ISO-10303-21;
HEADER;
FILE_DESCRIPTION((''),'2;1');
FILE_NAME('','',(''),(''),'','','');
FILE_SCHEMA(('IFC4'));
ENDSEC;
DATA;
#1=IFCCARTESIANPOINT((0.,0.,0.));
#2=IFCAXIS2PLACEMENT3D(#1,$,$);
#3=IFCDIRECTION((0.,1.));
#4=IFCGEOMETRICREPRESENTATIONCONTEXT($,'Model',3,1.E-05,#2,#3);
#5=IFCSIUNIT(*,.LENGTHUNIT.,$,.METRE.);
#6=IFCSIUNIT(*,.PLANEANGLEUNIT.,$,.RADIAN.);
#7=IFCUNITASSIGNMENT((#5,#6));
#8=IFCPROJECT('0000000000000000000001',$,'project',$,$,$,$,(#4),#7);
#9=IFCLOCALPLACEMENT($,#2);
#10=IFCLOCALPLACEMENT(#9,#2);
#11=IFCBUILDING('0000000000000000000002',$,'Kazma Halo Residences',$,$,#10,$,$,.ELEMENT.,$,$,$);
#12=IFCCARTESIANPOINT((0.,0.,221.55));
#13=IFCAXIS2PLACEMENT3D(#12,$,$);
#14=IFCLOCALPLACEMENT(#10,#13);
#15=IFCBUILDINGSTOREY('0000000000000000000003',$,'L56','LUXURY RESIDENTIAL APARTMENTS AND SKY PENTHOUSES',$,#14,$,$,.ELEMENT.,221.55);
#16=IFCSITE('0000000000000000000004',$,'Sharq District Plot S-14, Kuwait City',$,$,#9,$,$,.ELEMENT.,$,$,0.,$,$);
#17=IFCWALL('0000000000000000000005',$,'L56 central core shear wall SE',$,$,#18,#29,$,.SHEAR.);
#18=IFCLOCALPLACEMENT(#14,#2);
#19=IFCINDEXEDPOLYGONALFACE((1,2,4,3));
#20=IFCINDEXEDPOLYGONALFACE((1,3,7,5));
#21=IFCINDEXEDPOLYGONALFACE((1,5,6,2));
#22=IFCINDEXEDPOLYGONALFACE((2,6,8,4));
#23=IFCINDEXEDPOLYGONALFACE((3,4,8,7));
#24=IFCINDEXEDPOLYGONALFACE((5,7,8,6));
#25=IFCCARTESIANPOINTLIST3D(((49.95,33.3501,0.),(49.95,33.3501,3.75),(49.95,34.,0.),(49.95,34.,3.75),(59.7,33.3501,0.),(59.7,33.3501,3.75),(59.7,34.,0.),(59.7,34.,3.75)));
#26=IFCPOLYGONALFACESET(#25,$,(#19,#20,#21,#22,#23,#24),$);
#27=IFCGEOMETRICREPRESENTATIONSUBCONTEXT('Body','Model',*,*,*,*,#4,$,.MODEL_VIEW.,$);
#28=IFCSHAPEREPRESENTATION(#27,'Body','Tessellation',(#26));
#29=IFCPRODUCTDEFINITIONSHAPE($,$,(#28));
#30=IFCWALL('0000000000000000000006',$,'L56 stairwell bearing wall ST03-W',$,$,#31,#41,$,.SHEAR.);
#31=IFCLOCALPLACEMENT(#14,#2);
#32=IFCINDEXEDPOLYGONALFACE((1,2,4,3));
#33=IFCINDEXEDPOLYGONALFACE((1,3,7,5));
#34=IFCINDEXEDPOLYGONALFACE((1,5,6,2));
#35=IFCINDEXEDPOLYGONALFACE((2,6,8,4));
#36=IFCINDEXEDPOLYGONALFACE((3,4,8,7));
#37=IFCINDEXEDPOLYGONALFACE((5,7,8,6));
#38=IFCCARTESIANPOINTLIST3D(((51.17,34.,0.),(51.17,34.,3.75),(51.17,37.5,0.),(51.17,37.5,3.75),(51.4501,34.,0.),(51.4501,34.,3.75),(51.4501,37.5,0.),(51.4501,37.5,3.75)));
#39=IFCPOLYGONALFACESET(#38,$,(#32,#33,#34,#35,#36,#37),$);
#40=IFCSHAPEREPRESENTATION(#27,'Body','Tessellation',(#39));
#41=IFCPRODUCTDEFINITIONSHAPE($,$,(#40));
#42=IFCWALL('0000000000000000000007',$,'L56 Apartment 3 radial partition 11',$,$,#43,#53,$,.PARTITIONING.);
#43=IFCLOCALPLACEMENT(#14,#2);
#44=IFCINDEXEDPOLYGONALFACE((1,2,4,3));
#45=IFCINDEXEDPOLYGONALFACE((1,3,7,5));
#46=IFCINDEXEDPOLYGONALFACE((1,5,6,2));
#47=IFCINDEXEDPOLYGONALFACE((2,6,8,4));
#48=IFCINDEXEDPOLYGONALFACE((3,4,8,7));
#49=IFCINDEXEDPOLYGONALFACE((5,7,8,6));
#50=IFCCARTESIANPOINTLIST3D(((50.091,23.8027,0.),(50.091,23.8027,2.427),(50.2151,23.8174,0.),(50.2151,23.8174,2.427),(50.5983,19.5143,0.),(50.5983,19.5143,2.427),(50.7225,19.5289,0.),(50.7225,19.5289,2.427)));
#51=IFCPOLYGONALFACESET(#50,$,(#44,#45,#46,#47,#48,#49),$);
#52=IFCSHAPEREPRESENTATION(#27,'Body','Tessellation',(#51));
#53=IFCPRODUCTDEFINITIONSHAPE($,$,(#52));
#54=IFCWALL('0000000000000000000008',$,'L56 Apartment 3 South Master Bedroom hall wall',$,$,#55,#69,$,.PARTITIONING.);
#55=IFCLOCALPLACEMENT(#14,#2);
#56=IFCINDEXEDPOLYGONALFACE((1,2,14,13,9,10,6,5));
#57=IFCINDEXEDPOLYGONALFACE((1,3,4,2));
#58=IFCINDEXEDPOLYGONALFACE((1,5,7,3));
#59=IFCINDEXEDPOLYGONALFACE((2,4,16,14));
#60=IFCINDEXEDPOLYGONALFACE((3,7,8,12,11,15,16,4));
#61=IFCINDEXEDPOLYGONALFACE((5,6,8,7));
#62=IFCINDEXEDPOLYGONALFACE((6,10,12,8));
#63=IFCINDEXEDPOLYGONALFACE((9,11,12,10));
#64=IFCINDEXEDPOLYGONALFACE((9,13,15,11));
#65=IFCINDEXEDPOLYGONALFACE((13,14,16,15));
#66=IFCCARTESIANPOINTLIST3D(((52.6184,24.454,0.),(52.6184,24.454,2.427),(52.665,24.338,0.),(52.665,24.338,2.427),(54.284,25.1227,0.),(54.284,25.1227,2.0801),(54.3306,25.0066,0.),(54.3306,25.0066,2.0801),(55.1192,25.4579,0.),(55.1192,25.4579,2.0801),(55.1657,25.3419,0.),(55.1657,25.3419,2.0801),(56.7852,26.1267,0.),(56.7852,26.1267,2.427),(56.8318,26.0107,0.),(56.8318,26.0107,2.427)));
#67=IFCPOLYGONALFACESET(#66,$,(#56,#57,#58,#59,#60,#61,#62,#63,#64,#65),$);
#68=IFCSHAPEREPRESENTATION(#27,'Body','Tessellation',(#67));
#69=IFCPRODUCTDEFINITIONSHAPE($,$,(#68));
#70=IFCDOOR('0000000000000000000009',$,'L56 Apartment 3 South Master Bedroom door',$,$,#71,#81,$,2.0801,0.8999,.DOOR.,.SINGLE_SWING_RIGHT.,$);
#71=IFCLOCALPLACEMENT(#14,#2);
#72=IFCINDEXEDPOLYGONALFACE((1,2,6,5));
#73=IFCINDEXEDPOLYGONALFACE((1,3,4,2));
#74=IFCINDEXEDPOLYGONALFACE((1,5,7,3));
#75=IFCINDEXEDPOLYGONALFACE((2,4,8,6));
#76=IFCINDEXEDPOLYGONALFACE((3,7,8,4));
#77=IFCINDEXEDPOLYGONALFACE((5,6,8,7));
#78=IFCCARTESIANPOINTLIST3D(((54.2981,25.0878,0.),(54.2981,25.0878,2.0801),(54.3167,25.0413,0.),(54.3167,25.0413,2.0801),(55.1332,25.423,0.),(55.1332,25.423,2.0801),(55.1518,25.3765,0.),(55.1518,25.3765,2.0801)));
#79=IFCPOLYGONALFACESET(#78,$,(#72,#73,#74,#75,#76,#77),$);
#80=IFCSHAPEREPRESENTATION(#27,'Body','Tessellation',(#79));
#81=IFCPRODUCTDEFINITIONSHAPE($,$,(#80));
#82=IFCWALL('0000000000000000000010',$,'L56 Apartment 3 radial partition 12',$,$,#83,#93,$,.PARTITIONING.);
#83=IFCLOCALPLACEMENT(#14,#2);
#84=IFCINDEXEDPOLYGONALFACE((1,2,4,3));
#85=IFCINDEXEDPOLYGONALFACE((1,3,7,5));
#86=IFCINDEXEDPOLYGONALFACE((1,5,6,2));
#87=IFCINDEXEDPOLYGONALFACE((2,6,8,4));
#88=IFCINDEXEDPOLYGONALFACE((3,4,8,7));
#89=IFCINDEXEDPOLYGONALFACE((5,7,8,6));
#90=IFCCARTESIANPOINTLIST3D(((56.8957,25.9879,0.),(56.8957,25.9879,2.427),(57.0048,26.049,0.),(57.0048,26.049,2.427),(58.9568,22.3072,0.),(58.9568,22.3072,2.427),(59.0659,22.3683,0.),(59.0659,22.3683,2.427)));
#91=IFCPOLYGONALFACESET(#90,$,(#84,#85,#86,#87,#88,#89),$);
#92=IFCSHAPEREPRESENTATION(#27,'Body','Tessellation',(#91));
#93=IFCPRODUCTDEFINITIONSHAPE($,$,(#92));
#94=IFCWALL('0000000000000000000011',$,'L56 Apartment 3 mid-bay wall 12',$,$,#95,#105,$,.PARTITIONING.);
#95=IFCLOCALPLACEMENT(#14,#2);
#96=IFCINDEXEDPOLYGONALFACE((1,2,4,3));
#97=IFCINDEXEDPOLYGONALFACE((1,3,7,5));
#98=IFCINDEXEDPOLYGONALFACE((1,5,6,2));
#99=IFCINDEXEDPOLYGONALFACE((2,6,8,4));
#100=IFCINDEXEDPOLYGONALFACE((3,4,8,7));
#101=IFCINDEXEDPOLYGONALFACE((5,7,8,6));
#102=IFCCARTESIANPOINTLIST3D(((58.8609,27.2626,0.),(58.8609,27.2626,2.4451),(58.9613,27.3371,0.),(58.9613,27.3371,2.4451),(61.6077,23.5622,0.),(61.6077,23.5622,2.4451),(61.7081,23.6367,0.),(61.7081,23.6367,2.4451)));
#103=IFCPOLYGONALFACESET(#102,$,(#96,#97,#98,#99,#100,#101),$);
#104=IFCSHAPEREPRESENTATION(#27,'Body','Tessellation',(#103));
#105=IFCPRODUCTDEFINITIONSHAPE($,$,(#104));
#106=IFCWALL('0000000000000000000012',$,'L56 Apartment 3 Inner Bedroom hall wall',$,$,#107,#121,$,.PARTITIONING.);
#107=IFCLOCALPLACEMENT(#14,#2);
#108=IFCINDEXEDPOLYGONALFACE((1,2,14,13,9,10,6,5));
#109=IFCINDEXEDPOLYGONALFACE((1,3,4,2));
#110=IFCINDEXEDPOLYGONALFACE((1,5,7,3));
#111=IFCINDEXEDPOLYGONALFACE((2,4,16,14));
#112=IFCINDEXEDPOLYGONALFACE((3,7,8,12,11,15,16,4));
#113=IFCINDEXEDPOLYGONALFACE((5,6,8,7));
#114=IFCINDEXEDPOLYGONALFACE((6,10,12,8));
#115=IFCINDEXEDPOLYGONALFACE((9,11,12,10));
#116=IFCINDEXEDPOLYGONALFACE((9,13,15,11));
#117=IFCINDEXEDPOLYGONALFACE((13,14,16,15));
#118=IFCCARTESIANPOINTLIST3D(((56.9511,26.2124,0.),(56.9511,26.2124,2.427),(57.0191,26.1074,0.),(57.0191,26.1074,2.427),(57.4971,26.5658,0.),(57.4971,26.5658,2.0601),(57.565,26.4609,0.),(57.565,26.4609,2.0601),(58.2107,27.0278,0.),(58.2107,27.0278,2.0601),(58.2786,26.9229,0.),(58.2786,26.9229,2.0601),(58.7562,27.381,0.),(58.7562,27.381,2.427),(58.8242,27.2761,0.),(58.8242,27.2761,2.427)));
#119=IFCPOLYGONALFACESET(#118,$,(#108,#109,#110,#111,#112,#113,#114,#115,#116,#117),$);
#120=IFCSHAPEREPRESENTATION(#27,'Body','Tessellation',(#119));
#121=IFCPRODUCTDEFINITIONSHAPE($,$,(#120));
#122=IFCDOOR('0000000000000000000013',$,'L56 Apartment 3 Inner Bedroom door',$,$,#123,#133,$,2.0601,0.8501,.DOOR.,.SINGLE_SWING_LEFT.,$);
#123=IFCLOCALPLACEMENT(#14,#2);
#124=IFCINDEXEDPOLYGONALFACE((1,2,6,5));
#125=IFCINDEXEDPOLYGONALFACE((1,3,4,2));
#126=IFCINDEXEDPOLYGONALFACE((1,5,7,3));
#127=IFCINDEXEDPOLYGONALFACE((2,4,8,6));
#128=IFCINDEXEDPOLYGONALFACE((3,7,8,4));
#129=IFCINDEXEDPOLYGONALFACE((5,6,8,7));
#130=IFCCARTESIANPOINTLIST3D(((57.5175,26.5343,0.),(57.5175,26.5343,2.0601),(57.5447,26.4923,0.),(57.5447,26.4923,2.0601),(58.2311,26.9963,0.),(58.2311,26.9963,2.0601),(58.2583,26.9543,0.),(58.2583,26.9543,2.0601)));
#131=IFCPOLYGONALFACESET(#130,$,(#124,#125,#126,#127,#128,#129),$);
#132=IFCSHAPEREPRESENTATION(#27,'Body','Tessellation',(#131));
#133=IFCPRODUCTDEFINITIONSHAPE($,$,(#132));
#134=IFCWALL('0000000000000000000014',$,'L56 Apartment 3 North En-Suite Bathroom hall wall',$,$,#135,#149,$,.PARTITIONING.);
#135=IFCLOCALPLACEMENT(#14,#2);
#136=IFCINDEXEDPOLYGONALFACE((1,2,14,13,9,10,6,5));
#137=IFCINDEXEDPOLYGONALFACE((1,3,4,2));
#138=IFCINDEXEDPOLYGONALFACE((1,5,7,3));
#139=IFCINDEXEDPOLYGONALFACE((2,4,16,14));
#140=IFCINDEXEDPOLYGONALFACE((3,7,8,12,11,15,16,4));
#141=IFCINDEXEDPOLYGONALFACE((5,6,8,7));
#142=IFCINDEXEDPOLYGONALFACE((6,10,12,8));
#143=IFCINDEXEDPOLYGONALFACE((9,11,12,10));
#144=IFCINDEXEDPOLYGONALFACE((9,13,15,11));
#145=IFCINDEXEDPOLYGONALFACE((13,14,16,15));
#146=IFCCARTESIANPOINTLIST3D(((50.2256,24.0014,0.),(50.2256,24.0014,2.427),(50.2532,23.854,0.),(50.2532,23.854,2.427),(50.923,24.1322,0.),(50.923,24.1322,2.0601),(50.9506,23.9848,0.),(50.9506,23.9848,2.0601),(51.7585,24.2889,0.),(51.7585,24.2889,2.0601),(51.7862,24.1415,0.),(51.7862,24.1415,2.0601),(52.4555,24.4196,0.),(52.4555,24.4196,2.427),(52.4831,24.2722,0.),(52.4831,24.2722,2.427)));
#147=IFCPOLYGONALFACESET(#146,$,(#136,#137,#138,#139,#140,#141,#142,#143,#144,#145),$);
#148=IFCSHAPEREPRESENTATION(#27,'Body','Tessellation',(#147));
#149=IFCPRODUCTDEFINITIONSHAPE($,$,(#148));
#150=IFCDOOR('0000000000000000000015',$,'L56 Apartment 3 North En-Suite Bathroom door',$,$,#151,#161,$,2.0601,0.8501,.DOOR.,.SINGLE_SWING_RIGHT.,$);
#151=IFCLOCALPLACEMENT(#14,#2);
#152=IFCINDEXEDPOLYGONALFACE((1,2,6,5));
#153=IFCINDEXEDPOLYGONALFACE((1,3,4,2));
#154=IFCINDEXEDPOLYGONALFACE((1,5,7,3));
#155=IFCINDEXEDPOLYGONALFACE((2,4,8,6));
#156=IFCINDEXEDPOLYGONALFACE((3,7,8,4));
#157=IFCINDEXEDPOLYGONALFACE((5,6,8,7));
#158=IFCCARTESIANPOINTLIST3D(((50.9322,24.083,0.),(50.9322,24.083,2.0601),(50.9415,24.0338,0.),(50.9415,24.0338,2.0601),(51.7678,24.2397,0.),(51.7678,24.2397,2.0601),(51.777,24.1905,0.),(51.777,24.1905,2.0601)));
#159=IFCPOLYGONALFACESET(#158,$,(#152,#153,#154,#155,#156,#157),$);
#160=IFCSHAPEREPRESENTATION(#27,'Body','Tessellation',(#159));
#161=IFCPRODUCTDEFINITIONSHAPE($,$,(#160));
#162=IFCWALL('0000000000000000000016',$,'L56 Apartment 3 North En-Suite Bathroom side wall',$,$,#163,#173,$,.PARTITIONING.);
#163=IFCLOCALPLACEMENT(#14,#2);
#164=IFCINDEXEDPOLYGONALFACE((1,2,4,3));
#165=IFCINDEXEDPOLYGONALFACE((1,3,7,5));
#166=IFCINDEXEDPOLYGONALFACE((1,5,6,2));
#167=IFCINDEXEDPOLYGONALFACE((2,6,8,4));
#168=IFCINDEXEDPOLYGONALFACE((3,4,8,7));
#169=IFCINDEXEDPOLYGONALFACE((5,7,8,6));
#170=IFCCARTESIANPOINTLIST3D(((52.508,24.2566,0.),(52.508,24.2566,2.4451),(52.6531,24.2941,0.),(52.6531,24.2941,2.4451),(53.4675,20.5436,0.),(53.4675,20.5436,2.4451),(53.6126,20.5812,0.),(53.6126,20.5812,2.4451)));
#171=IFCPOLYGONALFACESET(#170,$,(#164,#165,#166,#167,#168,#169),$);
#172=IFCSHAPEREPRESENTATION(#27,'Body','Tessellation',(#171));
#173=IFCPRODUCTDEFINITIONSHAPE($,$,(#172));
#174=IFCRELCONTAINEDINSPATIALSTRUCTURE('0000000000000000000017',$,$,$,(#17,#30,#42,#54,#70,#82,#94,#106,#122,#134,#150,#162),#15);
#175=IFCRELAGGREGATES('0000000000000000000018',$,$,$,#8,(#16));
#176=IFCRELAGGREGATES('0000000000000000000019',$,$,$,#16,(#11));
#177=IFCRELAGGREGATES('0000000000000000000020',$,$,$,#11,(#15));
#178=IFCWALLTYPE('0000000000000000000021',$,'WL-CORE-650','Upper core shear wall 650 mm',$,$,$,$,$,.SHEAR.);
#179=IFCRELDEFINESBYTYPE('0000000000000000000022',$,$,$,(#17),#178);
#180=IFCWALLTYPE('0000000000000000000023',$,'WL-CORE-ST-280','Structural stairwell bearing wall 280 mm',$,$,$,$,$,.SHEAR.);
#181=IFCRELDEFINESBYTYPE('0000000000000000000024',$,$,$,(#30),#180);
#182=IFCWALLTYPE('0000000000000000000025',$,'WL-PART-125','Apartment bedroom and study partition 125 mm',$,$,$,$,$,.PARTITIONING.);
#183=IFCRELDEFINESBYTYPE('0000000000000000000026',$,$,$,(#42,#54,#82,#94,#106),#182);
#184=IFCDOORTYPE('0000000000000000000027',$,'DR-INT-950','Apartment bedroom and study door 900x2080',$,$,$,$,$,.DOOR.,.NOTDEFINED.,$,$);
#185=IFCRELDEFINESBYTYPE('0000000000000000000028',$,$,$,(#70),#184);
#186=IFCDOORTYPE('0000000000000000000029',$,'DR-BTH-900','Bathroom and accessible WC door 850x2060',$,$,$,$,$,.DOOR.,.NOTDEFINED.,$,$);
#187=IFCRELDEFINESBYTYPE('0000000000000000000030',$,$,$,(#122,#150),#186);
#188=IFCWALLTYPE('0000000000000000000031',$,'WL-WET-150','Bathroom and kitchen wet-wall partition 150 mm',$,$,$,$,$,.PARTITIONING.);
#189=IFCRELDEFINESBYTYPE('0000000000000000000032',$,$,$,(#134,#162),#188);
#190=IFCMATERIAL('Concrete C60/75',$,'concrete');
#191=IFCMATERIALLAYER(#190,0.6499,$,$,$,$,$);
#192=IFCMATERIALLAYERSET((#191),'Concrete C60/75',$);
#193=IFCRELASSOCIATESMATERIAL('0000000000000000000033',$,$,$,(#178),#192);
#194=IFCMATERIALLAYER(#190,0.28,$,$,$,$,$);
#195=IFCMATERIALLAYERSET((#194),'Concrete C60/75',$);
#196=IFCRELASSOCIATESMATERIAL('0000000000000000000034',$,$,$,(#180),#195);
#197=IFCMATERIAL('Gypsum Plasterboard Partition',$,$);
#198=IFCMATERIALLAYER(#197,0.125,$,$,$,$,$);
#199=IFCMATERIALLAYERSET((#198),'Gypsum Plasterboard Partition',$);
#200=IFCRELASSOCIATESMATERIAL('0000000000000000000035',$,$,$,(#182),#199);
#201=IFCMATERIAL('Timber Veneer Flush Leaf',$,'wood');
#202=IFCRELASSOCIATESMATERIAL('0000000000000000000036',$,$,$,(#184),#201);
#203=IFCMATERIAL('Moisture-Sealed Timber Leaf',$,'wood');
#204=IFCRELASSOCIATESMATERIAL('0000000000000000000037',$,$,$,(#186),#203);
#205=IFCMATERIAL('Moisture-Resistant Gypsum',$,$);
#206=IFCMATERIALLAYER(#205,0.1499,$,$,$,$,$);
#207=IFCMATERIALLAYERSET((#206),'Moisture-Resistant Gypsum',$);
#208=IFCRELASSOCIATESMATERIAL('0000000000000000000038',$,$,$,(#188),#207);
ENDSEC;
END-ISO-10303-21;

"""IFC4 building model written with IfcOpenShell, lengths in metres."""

from ifc_helpers import new_model, si_unit, direction, frame, frame_2d, origin, place, context, subcontext, project, spatial, rectangle, extrude, material, layer, layer_set, type_object, element, fill, save


model = new_model("IFC4")

# Units and contexts
model_context = context("Model", 3, precision=1e-05, world=origin(), true_north=direction((0.0, 1.0)))
body_context = subcontext(model_context, "Body", "Model", "MODEL_VIEW")
ifc_project = project(units=[si_unit("LENGTHUNIT", "METRE"), si_unit("PLANEANGLEUNIT", "RADIAN")], contexts=[model_context])

# Site, building, storey
site_placement = place(None, origin())
site = spatial("IfcSite", under=ifc_project, at=site_placement, Name="Sharq District Plot S-14, Kuwait City", CompositionType="ELEMENT", RefElevation=0.0)
building_placement = place(site_placement, origin())
building = spatial("IfcBuilding", under=site, at=building_placement, Name="Kazma Halo Residences", CompositionType="ELEMENT")
storey_placement = place(building_placement, frame((0.0, 0.0, 221.55)))
storey = spatial("IfcBuildingStorey", under=building, at=storey_placement, Name="L56", Description="LUXURY RESIDENTIAL APARTMENTS AND SKY PENTHOUSES", CompositionType="ELEMENT", Elevation=221.55)

# Walls
ifc_material_1 = material(Name="Concrete C60/75", Category="concrete")
ifc_layer_1 = layer(ifc_material_1, 0.6499)
ifc_layer_set_1 = layer_set([ifc_layer_1], Name="Concrete C60/75")
wall_type_1 = type_object("IfcWallType", Name="WL-CORE-650", Description="Upper core shear wall 650 mm", PredefinedType="SHEAR", material=ifc_layer_set_1)
wall_1_placement = place(storey_placement, frame((49.95, 33.675, 0.0), z_axis=(0.0, 0.0, 1.0), x_axis=(1.0, 0.0, 0.0)))
element("IfcWall", 1, at=wall_1_placement, inside=storey, type_object=wall_type_1, Name="L56 central core shear wall SE", PredefinedType="SHEAR", context=body_context, shape_type="SweptSolid", body=[
    extrude(rectangle(XDim=9.75, YDim=0.6499, at=frame_2d((4.875, 0.0))), origin(), (0.0, 0.0, 1.0), 3.75),
])
ifc_layer_2 = layer(ifc_material_1, 0.28)
ifc_layer_set_2 = layer_set([ifc_layer_2], Name="Concrete C60/75")
wall_type_2 = type_object("IfcWallType", Name="WL-CORE-ST-280", Description="Structural stairwell bearing wall 280 mm", PredefinedType="SHEAR", material=ifc_layer_set_2)
wall_2_placement = place(storey_placement, frame((51.3101, 34.0, 0.0), z_axis=(0.0, 0.0, 1.0), x_axis=(0.0, 1.0, 0.0)))
element("IfcWall", 2, at=wall_2_placement, inside=storey, type_object=wall_type_2, Name="L56 stairwell bearing wall ST03-W", PredefinedType="SHEAR", context=body_context, shape_type="SweptSolid", body=[
    extrude(rectangle(XDim=3.5, YDim=0.28, at=frame_2d((1.75, 0.0))), origin(), (0.0, 0.0, 1.0), 3.75),
])

# Wall
ifc_material_2 = material(Name="Gypsum Plasterboard Partition")
ifc_layer_3 = layer(ifc_material_2, 0.125)
ifc_layer_set_3 = layer_set([ifc_layer_3], Name="Gypsum Plasterboard Partition")
wall_type_3 = type_object("IfcWallType", Name="WL-PART-125", Description="Apartment bedroom and study partition 125 mm", PredefinedType="PARTITIONING", material=ifc_layer_set_3)
wall_3_placement = place(storey_placement, frame((50.1531, 23.8101, 0.0), z_axis=(0.0, 0.0, 1.0), x_axis=(0.117478, -0.993076, 0.0)))
element("IfcWall", 3, at=wall_3_placement, inside=storey, type_object=wall_type_3, Name="L56 Apartment 3 radial partition 11", PredefinedType="PARTITIONING", context=body_context, shape_type="SweptSolid", body=[
    extrude(rectangle(XDim=4.3184, YDim=0.125, at=frame_2d((2.1592, 0.0))), origin(), (0.0, 0.0, 1.0), 2.427),
])

# Wall, opening, door
wall_4_placement = place(storey_placement, frame((52.6416, 24.396, 0.0), z_axis=(0.0, 0.0, 1.0), x_axis=(0.928022, 0.372525, 0.0)))
wall_4 = element("IfcWall", 4, at=wall_4_placement, inside=storey, type_object=wall_type_3, Name="L56 Apartment 3 South Master Bedroom hall wall", PredefinedType="PARTITIONING", context=body_context, shape_type="SweptSolid", body=[
    extrude(rectangle(XDim=4.49, YDim=0.125, at=frame_2d((2.2451, 0.0))), origin(), (0.0, 0.0, 1.0), 2.427),
])
opening_1_placement = place(wall_4_placement, frame((1.7949, 0.0, 0.0)))
opening_1 = element("IfcOpeningElement", 5, at=opening_1_placement, cuts=wall_4, PredefinedType="OPENING", context=body_context, shape_type="SweptSolid", body=[
    extrude(rectangle(XDim=0.8999, YDim=2.0801, at=frame_2d((0.45, 1.04))), frame((0.0, 0.0725, 0.0), z_axis=(0.0, -1.0, 0.0), x_axis=(1.0, 0.0, 0.0)), (0.0, 0.0, 1.0), 0.145),
])
ifc_material_3 = material(Name="Timber Veneer Flush Leaf", Category="wood")
door_type_1 = type_object("IfcDoorType", Name="DR-INT-950", Description="Apartment bedroom and study door 900x2080", OperationType="NOTDEFINED", PredefinedType="DOOR", material=ifc_material_3)
door_1_placement = place(opening_1_placement, origin())
door_1 = element("IfcDoor", 6, at=door_1_placement, inside=storey, type_object=door_type_1, Name="L56 Apartment 3 South Master Bedroom door", OperationType="SINGLE_SWING_RIGHT", OverallHeight=2.0801, OverallWidth=0.8999, PredefinedType="DOOR", context=body_context, shape_type="SweptSolid", body=[
    extrude(rectangle(XDim=0.8999, YDim=2.0801, at=frame_2d((0.45, 1.04))), frame((0.0, 0.0249, 0.0), z_axis=(0.0, -1.0, 0.0), x_axis=(1.0, 0.0, 0.0)), (0.0, 0.0, 1.0), 0.05),
])
fill(opening_1, door_1)

# Walls
wall_5_placement = place(storey_placement, frame((56.9502, 26.0186, 0.0), z_axis=(0.0, 0.0, 1.0), x_axis=(0.488579, -0.87252, 0.0)))
element("IfcWall", 7, at=wall_5_placement, inside=storey, type_object=wall_type_3, Name="L56 Apartment 3 radial partition 12", PredefinedType="PARTITIONING", context=body_context, shape_type="SweptSolid", body=[
    extrude(rectangle(XDim=4.2185, YDim=0.125, at=frame_2d((2.1094, 0.0))), origin(), (0.0, 0.0, 1.0), 2.427),
])
wall_6_placement = place(storey_placement, frame((58.9111, 27.2998, 0.0), z_axis=(0.0, 0.0, 1.0), x_axis=(0.596034, -0.802959, 0.0)))
element("IfcWall", 8, at=wall_6_placement, inside=storey, type_object=wall_type_3, Name="L56 Apartment 3 mid-bay wall 12", PredefinedType="PARTITIONING", context=body_context, shape_type="SweptSolid", body=[
    extrude(rectangle(XDim=4.6084, YDim=0.125, at=frame_2d((2.3042, 0.0))), origin(), (0.0, 0.0, 1.0), 2.4451),
])

# Walls, openings, doors
wall_7_placement = place(storey_placement, frame((56.9851, 26.1599, 0.0), z_axis=(0.0, 0.0, 1.0), x_axis=(0.839433, 0.543463, 0.0)))
wall_7 = element("IfcWall", 9, at=wall_7_placement, inside=storey, type_object=wall_type_3, Name="L56 Apartment 3 Inner Bedroom hall wall", PredefinedType="PARTITIONING", context=body_context, shape_type="SweptSolid", body=[
    extrude(rectangle(XDim=2.1504, YDim=0.125, at=frame_2d((1.0752, 0.0))), origin(), (0.0, 0.0, 1.0), 2.427),
])
opening_2_placement = place(wall_7_placement, frame((0.6504, 0.0, 0.0)))
opening_2 = element("IfcOpeningElement", 10, at=opening_2_placement, cuts=wall_7, PredefinedType="OPENING", context=body_context, shape_type="SweptSolid", body=[
    extrude(rectangle(XDim=0.8501, YDim=2.0601, at=frame_2d((0.425, 1.03))), frame((0.0, 0.0725, 0.0), z_axis=(0.0, -1.0, 0.0), x_axis=(1.0, 0.0, 0.0)), (0.0, 0.0, 1.0), 0.145),
])
ifc_material_4 = material(Name="Moisture-Sealed Timber Leaf", Category="wood")
door_type_2 = type_object("IfcDoorType", Name="DR-BTH-900", Description="Bathroom and accessible WC door 850x2060", OperationType="NOTDEFINED", PredefinedType="DOOR", material=ifc_material_4)
door_2_placement = place(opening_2_placement, origin())
door_2 = element("IfcDoor", 11, at=door_2_placement, inside=storey, type_object=door_type_2, Name="L56 Apartment 3 Inner Bedroom door", OperationType="SINGLE_SWING_LEFT", OverallHeight=2.0601, OverallWidth=0.8501, PredefinedType="DOOR", context=body_context, shape_type="SweptSolid", body=[
    extrude(rectangle(XDim=0.8501, YDim=2.0601, at=frame_2d((0.425, 1.03))), frame((0.0, 0.0249, 0.0), z_axis=(0.0, -1.0, 0.0), x_axis=(1.0, 0.0, 0.0)), (0.0, 0.0, 1.0), 0.05),
])
fill(opening_2, door_2)
ifc_material_5 = material(Name="Moisture-Resistant Gypsum")
ifc_layer_4 = layer(ifc_material_5, 0.1499)
ifc_layer_set_4 = layer_set([ifc_layer_4], Name="Moisture-Resistant Gypsum")
wall_type_4 = type_object("IfcWallType", Name="WL-WET-150", Description="Bathroom and kitchen wet-wall partition 150 mm", PredefinedType="PARTITIONING", material=ifc_layer_set_4)
wall_8_placement = place(storey_placement, frame((50.2395, 23.9277, 0.0), z_axis=(0.0, 0.0, 1.0), x_axis=(0.982865, 0.184328, 0.0)))
wall_8 = element("IfcWall", 12, at=wall_8_placement, inside=storey, type_object=wall_type_4, Name="L56 Apartment 3 North En-Suite Bathroom hall wall", PredefinedType="PARTITIONING", context=body_context, shape_type="SweptSolid", body=[
    extrude(rectangle(XDim=2.2688, YDim=0.1499, at=frame_2d((1.1343, 0.0))), origin(), (0.0, 0.0, 1.0), 2.427),
])
opening_3_placement = place(wall_8_placement, frame((0.7095, 0.0, 0.0)))
opening_3 = element("IfcOpeningElement", 13, at=opening_3_placement, cuts=wall_8, PredefinedType="OPENING", context=body_context, shape_type="SweptSolid", body=[
    extrude(rectangle(XDim=0.8501, YDim=2.0601, at=frame_2d((0.425, 1.03))), frame((0.0, 0.085, 0.0), z_axis=(0.0, -1.0, 0.0), x_axis=(1.0, 0.0, 0.0)), (0.0, 0.0, 1.0), 0.1699),
])
door_3_placement = place(opening_3_placement, origin())
door_3 = element("IfcDoor", 14, at=door_3_placement, inside=storey, type_object=door_type_2, Name="L56 Apartment 3 North En-Suite Bathroom door", OperationType="SINGLE_SWING_RIGHT", OverallHeight=2.0601, OverallWidth=0.8501, PredefinedType="DOOR", context=body_context, shape_type="SweptSolid", body=[
    extrude(rectangle(XDim=0.8501, YDim=2.0601, at=frame_2d((0.425, 1.03))), frame((0.0, 0.0249, 0.0), z_axis=(0.0, -1.0, 0.0), x_axis=(1.0, 0.0, 0.0)), (0.0, 0.0, 1.0), 0.05),
])
fill(opening_3, door_3)

# Wall
wall_9_placement = place(storey_placement, frame((52.5806, 24.2754, 0.0), z_axis=(0.0, 0.0, 1.0), x_axis=(0.250198, -0.968195, 0.0)))
element("IfcWall", 15, at=wall_9_placement, inside=storey, type_object=wall_type_4, Name="L56 Apartment 3 North En-Suite Bathroom side wall", PredefinedType="PARTITIONING", context=body_context, shape_type="SweptSolid", body=[
    extrude(rectangle(XDim=3.835, YDim=0.1499, at=frame_2d((1.9175, 0.0))), origin(), (0.0, 0.0, 1.0), 2.4451),
])

save(model, "model.ifc")
